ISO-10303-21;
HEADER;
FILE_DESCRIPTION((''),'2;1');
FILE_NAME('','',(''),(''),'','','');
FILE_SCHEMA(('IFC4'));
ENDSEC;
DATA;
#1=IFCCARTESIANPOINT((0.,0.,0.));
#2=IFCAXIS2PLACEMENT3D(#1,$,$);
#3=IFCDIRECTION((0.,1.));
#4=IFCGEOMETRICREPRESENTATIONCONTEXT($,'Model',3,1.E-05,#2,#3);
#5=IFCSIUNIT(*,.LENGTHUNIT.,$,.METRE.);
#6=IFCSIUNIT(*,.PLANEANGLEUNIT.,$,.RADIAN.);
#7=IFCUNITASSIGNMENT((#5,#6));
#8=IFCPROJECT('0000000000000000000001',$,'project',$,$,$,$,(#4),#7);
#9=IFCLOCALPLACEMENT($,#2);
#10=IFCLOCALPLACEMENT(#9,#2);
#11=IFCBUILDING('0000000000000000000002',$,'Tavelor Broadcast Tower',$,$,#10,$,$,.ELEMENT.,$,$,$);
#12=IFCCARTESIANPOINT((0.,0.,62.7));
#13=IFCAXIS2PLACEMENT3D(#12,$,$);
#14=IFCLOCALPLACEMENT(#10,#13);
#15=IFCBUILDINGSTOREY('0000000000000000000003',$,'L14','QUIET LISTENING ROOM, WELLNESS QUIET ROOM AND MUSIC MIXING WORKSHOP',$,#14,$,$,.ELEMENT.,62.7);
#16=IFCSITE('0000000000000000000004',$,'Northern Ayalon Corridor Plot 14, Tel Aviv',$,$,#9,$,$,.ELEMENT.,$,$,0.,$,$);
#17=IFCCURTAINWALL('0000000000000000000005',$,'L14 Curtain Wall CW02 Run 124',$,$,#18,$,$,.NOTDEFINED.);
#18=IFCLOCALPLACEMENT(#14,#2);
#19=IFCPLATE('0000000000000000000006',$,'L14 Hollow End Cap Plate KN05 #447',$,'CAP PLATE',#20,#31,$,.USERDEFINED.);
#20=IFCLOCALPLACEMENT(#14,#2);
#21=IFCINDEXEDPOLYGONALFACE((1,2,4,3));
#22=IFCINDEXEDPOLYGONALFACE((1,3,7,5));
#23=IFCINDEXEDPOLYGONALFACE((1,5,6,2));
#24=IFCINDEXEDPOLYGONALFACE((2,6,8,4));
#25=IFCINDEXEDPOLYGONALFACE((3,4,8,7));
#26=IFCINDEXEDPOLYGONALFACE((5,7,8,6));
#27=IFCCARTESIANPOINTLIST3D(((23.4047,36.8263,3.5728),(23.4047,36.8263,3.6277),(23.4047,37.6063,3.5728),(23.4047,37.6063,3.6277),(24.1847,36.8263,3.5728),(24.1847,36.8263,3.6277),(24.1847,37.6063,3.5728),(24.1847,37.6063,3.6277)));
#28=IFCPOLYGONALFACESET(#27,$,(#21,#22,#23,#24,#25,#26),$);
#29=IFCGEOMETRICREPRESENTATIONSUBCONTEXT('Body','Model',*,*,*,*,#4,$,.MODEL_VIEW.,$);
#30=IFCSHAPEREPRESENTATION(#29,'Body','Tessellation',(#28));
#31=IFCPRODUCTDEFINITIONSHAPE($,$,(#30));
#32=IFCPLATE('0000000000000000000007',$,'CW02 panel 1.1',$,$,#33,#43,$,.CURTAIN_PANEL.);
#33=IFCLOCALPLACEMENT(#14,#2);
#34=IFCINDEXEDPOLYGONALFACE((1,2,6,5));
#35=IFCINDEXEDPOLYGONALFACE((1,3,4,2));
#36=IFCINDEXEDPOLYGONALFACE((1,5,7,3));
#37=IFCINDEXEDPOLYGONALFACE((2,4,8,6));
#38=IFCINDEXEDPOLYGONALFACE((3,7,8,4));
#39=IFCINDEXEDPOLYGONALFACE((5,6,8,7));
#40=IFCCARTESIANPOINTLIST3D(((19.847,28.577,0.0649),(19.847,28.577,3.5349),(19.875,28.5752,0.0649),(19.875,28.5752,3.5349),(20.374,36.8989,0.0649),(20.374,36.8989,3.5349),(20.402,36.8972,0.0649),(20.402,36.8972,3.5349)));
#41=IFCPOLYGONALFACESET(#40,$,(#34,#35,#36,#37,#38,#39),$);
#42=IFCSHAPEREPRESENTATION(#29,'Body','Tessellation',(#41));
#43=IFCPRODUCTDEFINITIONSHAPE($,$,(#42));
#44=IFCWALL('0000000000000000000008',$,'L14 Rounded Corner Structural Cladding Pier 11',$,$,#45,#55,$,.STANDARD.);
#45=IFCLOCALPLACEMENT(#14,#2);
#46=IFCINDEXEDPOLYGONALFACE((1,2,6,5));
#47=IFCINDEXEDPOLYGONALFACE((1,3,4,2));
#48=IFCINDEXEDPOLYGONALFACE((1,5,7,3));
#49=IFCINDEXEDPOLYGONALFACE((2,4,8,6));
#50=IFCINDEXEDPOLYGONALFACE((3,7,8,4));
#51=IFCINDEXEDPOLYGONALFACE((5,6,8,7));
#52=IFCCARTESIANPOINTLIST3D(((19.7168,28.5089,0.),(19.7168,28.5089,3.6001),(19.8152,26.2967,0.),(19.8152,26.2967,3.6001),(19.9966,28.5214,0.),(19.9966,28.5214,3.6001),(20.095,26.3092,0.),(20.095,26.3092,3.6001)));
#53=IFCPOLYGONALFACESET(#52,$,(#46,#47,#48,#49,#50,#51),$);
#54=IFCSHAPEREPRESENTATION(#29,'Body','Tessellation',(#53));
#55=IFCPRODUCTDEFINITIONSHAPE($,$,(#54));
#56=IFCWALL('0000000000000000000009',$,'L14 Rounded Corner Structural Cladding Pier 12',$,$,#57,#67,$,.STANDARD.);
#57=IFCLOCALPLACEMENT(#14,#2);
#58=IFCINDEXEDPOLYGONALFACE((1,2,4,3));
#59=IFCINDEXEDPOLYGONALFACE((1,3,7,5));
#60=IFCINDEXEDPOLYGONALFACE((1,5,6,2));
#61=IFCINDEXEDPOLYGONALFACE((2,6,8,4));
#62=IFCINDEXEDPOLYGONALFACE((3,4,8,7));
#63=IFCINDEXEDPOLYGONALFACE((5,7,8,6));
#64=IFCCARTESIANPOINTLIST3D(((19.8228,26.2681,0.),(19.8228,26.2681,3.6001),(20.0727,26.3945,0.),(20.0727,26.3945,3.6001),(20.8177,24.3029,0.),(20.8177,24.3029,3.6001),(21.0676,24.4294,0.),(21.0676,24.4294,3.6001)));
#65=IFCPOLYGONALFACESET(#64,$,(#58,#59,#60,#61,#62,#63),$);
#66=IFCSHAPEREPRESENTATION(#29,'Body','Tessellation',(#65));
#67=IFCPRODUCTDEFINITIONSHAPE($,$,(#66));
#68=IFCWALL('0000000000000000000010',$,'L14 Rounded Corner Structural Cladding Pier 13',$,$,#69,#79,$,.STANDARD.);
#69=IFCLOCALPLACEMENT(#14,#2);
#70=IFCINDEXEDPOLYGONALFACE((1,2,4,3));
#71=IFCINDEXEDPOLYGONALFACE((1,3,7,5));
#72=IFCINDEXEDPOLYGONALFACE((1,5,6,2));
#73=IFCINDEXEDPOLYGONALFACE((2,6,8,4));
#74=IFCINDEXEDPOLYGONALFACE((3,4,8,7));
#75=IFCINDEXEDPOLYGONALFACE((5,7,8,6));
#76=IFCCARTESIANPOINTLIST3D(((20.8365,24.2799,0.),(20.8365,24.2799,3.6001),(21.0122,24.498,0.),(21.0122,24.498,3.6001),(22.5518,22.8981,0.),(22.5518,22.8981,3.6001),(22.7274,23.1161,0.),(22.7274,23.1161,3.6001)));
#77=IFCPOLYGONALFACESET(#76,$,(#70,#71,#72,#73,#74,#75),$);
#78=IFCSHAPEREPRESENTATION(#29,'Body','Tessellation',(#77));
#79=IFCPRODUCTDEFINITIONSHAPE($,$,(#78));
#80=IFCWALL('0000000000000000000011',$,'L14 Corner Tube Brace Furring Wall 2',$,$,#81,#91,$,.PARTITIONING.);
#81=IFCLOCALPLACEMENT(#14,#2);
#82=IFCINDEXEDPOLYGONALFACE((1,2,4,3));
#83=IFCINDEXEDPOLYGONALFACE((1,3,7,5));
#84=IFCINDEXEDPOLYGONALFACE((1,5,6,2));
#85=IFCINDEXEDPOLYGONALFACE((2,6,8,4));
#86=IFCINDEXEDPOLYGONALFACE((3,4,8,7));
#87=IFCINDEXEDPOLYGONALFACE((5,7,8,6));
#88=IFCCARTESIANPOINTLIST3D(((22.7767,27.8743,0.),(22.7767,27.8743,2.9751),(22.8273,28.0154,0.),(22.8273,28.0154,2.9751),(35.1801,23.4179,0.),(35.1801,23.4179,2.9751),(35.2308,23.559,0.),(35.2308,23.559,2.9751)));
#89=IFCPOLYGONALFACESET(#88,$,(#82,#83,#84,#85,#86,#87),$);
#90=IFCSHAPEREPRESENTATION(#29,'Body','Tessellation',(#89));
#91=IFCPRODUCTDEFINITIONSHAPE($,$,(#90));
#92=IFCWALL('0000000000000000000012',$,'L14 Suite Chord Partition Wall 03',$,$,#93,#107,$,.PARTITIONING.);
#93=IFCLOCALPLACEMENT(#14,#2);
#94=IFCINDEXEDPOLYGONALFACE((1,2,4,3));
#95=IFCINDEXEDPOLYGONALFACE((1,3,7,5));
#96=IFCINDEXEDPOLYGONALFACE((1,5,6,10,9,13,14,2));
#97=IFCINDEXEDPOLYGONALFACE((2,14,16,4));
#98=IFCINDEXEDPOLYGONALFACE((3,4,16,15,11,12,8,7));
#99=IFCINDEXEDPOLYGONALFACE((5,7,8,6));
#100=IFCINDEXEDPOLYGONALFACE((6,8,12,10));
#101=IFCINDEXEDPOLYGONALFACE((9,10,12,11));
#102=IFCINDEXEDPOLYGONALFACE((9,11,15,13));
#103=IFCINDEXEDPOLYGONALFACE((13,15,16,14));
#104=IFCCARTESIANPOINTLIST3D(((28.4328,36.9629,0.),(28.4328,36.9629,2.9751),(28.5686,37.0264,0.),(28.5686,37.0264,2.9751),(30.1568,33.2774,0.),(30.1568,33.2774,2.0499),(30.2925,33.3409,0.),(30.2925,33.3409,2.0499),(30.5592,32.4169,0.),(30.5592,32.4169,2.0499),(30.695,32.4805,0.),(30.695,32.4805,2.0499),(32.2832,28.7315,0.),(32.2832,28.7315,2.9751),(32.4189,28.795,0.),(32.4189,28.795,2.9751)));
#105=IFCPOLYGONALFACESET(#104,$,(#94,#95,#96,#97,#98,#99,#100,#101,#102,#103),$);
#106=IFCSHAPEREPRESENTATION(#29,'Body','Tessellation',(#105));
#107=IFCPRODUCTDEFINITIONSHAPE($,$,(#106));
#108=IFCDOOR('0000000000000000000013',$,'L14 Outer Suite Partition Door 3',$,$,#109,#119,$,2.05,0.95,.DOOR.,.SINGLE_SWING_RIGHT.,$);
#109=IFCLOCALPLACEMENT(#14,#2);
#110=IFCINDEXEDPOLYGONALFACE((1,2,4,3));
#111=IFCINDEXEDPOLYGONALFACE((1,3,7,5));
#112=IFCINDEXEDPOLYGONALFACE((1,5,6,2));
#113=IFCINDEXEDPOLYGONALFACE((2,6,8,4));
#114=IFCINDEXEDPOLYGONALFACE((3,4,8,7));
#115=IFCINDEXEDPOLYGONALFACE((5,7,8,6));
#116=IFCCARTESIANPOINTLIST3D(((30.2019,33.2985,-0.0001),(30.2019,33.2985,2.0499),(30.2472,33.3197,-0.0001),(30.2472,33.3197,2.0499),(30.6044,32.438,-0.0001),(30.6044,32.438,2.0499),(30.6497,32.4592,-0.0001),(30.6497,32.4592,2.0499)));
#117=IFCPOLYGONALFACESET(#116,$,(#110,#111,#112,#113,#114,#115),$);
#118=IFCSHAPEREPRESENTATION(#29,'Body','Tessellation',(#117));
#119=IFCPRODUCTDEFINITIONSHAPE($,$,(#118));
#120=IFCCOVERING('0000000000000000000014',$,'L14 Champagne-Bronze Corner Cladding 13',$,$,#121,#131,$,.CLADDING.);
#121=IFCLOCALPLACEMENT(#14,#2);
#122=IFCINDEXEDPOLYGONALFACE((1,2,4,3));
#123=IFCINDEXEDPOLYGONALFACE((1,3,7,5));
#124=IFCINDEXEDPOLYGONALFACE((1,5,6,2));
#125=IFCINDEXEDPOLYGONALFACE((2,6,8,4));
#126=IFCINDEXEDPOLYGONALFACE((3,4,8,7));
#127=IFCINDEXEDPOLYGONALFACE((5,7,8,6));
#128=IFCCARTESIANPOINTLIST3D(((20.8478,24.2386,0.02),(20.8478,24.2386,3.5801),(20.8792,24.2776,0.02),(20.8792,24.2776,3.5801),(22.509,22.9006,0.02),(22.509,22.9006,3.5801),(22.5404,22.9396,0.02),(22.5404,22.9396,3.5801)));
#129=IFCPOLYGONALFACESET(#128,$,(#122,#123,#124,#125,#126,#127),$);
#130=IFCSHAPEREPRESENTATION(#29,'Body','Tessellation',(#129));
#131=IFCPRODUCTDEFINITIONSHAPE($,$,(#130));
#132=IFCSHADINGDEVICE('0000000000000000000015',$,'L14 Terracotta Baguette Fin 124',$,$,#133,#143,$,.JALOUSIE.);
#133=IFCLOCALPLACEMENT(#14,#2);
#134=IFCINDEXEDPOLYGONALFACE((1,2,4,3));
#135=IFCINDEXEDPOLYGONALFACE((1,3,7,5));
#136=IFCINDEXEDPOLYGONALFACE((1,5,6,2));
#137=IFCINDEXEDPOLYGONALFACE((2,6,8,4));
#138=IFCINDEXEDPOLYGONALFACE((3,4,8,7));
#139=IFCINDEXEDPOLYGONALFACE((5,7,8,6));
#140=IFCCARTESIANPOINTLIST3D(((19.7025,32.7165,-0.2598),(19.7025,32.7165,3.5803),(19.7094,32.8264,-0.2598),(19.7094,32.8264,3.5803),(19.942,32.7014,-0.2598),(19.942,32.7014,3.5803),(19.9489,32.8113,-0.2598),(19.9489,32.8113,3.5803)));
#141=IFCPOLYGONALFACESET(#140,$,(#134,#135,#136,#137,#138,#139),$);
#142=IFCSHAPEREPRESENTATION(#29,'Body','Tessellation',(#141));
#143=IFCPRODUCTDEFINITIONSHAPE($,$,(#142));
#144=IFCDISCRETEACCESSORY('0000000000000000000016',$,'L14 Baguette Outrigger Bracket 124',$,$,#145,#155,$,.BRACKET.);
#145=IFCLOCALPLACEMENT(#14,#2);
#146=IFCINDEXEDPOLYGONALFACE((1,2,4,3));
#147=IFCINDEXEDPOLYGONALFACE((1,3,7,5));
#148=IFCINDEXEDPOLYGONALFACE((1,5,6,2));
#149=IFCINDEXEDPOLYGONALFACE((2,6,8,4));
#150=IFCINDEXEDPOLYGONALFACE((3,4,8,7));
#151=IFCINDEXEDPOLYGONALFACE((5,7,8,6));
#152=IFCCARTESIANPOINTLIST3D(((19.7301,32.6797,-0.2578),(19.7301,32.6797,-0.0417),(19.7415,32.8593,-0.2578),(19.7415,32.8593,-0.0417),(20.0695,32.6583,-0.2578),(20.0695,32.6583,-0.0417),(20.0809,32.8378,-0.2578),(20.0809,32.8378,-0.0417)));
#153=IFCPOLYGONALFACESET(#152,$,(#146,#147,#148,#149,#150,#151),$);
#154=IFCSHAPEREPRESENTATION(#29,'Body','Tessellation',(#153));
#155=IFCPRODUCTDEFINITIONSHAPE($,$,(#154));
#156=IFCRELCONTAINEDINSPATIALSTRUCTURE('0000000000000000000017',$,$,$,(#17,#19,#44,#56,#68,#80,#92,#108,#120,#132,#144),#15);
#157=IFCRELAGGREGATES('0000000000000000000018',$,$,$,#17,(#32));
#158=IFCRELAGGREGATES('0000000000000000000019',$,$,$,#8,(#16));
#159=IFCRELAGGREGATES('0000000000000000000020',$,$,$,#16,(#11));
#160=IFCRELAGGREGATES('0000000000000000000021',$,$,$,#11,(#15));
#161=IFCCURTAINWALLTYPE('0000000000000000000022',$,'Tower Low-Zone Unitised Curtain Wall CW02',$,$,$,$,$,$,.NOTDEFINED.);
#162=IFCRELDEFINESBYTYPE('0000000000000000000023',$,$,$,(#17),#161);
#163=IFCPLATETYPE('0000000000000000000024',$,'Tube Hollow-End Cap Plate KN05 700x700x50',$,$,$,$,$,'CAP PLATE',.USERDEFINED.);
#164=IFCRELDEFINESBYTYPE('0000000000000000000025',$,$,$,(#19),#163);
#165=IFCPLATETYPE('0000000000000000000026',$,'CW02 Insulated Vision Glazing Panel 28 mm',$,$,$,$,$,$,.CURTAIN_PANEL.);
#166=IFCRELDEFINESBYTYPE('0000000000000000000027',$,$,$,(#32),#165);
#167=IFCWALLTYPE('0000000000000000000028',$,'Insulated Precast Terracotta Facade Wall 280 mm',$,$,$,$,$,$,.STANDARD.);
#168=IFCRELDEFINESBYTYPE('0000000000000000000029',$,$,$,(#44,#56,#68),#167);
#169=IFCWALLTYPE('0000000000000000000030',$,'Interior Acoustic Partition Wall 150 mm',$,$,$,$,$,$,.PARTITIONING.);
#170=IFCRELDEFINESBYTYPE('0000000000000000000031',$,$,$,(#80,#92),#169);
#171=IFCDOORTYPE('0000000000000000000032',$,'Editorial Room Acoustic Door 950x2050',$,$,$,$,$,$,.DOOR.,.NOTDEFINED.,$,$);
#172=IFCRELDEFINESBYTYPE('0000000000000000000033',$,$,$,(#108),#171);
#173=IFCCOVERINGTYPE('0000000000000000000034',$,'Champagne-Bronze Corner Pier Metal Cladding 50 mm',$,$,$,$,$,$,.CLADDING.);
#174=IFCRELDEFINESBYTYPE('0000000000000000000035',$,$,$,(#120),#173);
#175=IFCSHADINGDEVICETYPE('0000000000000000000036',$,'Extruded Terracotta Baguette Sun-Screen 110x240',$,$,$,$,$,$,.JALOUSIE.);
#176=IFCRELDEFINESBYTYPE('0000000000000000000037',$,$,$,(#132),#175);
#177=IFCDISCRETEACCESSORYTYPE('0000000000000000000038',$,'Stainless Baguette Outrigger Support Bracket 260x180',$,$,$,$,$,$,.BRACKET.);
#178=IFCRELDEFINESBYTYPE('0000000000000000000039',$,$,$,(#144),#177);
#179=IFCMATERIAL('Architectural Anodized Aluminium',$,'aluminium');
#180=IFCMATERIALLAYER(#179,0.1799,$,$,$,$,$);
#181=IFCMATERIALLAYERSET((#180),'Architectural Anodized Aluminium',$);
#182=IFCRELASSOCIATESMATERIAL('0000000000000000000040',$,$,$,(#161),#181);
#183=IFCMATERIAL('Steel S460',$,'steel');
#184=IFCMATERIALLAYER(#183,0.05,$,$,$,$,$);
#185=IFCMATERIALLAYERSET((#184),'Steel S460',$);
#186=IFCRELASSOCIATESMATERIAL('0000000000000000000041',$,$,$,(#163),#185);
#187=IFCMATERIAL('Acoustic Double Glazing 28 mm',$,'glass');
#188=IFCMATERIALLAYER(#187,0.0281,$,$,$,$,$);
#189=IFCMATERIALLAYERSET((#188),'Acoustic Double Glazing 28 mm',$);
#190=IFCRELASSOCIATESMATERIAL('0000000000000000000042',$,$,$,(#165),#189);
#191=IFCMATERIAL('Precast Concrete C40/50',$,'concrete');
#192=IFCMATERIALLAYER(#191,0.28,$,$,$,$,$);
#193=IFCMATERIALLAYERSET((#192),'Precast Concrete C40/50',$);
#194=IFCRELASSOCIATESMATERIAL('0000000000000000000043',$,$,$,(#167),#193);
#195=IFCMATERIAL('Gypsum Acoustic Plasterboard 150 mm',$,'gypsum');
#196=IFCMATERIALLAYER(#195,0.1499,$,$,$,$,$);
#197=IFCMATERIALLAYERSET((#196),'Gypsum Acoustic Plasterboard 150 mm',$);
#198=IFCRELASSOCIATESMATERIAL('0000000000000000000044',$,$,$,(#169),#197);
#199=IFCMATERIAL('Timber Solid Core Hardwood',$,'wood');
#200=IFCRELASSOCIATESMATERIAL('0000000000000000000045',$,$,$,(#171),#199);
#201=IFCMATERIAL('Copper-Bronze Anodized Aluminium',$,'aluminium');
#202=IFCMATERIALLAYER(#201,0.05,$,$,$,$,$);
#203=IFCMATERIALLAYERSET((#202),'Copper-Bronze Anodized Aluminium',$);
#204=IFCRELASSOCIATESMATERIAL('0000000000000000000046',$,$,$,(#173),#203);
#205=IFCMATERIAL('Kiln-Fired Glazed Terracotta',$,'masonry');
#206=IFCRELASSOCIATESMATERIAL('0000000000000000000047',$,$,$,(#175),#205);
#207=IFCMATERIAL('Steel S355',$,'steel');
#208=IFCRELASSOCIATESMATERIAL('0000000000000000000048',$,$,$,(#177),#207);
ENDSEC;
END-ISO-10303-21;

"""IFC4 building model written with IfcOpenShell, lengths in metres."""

from ifc_helpers import new_model, si_unit, direction, frame, frame_2d, origin, origin_2d, place, context, subcontext, project, spatial, rectangle, extrude, source, transform, mapped, material, layer, layer_set, type_object, type_shapes, element, fill, aggregate, save


model = new_model("IFC4")

# Units and contexts
model_context = context("Model", 3, precision=1e-05, world=origin(), true_north=direction((0.0, 1.0)))
body_context = subcontext(model_context, "Body", "Model", "MODEL_VIEW")
ifc_project = project(units=[si_unit("LENGTHUNIT", "METRE"), si_unit("PLANEANGLEUNIT", "RADIAN")], contexts=[model_context])

# Site, building, storey
site_placement = place(None, origin())
site = spatial("IfcSite", under=ifc_project, at=site_placement, Name="Northern Ayalon Corridor Plot 14, Tel Aviv", CompositionType="ELEMENT", RefElevation=0.0)
building_placement = place(site_placement, origin())
building = spatial("IfcBuilding", under=site, at=building_placement, Name="Tavelor Broadcast Tower", CompositionType="ELEMENT")
storey_placement = place(building_placement, frame((0.0, 0.0, 62.7)))
storey = spatial("IfcBuildingStorey", under=building, at=storey_placement, Name="L14", Description="QUIET LISTENING ROOM, WELLNESS QUIET ROOM AND MUSIC MIXING WORKSHOP", CompositionType="ELEMENT", Elevation=62.7)

# Shared definitions
ifc_material_1 = material(Name="Steel S460", Category="steel")

# Shared definitions
ifc_material_2 = material(Name="Steel S355", Category="steel")

# Shared definitions
ifc_material_3 = material(Name="Architectural Anodized Aluminium", Category="aluminium")
ifc_layer_1 = layer(ifc_material_3, 0.1799)
ifc_layer_set_1 = layer_set([ifc_layer_1], Name="Architectural Anodized Aluminium")
curtain_wall_type = type_object("IfcCurtainWallType", Name="Tower Low-Zone Unitised Curtain Wall CW02", PredefinedType="NOTDEFINED", material=ifc_layer_set_1)

# Curtain wall
curtain_wall_1_placement = place(storey_placement, origin())
curtain_wall_1 = element("IfcCurtainWall", 1, at=curtain_wall_1_placement, inside=storey, type_object=curtain_wall_type, Name="L14 Curtain Wall CW02 Run 124", PredefinedType="NOTDEFINED")

# Plate
ifc_layer_2 = layer(ifc_material_1, 0.05)
ifc_layer_set_2 = layer_set([ifc_layer_2], Name="Steel S460")
plate_type_1 = type_object("IfcPlateType", Name="Tube Hollow-End Cap Plate KN05 700x700x50", ElementType="CAP PLATE", PredefinedType="USERDEFINED", material=ifc_layer_set_2)
shared_shape_1 = source(origin(), body_context, "Body", "SweptSolid", [
    extrude(rectangle(XDim=0.78, YDim=0.78, at=origin_2d()), origin(), (0.0, 0.0, 1.0), 0.0549),
])
for number, where, z_axis, x_axis, name in (
    (2, (23.7947, 37.2163, 3.5728), (0.0, 0.0, 1.0), (1.0, 0.0, 0.0), "L14 Hollow End Cap Plate KN05 #447"),
):
    element("IfcPlate", number, at=place(storey_placement, frame(where, z_axis=z_axis, x_axis=x_axis)), inside=storey, type_object=plate_type_1, Name=name, ObjectType="CAP PLATE", PredefinedType="USERDEFINED", context=body_context, shape_type="MappedRepresentation", body=[
        mapped(shared_shape_1, transform((0.0, 0.0, 0.0), scale=1.0)),
    ])

# Plate
ifc_material_4 = material(Name="Acoustic Double Glazing 28 mm", Category="glass")
ifc_layer_3 = layer(ifc_material_4, 0.0281)
ifc_layer_set_3 = layer_set([ifc_layer_3], Name="Acoustic Double Glazing 28 mm")
plate_type_2 = type_object("IfcPlateType", Name="CW02 Insulated Vision Glazing Panel 28 mm", PredefinedType="CURTAIN_PANEL", material=ifc_layer_set_3)
shared_shape_2 = source(origin(), body_context, "Body", "SweptSolid", [
    extrude(rectangle(XDim=8.3386, YDim=0.0281, at=origin_2d()), origin(), (0.0, 0.0, 1.0), 3.47),
])
type_shapes(plate_type_2, [shared_shape_2])
plate_placement = place(storey_placement, frame((20.1245, 32.7371, 0.0649), z_axis=(0.0, 0.0, 1.0), x_axis=(-0.063199, -0.998001, 0.0)))
plate = element("IfcPlate", 3, at=plate_placement, type_object=plate_type_2, Name="CW02 panel 1.1", PredefinedType="CURTAIN_PANEL", context=body_context, shape_type="MappedRepresentation", body=[
    mapped(shared_shape_2, transform((0.0, 0.0, 0.0), scale=1.0)),
])
aggregate(curtain_wall_1, [plate])

# Walls
ifc_material_5 = material(Name="Precast Concrete C40/50", Category="concrete")
ifc_layer_4 = layer(ifc_material_5, 0.28)
ifc_layer_set_4 = layer_set([ifc_layer_4], Name="Precast Concrete C40/50")
wall_type_1 = type_object("IfcWallType", Name="Insulated Precast Terracotta Facade Wall 280 mm", PredefinedType="STANDARD", material=ifc_layer_set_4)
wall_1_placement = place(storey_placement, frame((19.8567, 28.5151, 0.0), z_axis=(0.0, 0.0, 1.0), x_axis=(0.044432, -0.999012, 0.0)))
element("IfcWall", 4, at=wall_1_placement, inside=storey, type_object=wall_type_1, Name="L14 Rounded Corner Structural Cladding Pier 11", PredefinedType="STANDARD", context=body_context, shape_type="SweptSolid", body=[
    extrude(rectangle(XDim=2.2144, YDim=0.28, at=frame_2d((1.1072, 0.0))), origin(), (0.0, 0.0, 1.0), 3.6001),
])
for number, where, z_axis, x_axis, name in (
    (5, (19.9478, 26.3313, 0.0), (0.0, 0.0, 1.0), (0.451686, -0.892177, 0.0), "L14 Rounded Corner Structural Cladding Pier 12"),
    (6, (20.9243, 24.3889, 0.0), (0.0, 0.0, 1.0), (0.778745, -0.627341, 0.0), "L14 Rounded Corner Structural Cladding Pier 13"),
):
    element("IfcWall", number, at=place(storey_placement, frame(where, z_axis=z_axis, x_axis=x_axis)), inside=storey, type_object=wall_type_1, Name=name, PredefinedType="STANDARD", context=body_context, shape_type="SweptSolid", body=[
        extrude(rectangle(XDim=2.2026, YDim=0.28, at=frame_2d((1.1013, 0.0))), origin(), (0.0, 0.0, 1.0), 3.6001),
    ])
ifc_material_6 = material(Name="Gypsum Acoustic Plasterboard 150 mm", Category="gypsum")
ifc_layer_5 = layer(ifc_material_6, 0.1499)
ifc_layer_set_5 = layer_set([ifc_layer_5], Name="Gypsum Acoustic Plasterboard 150 mm")
wall_type_2 = type_object("IfcWallType", Name="Interior Acoustic Partition Wall 150 mm", PredefinedType="PARTITIONING", material=ifc_layer_set_5)
wall_2_placement = place(storey_placement, frame((22.802, 27.9448, 0.0), z_axis=(0.0, 0.0, 1.0), x_axis=(0.941102, -0.338122, 0.0)))
element("IfcWall", 7, at=wall_2_placement, inside=storey, type_object=wall_type_2, Name="L14 Corner Tube Brace Furring Wall 2", PredefinedType="PARTITIONING", context=body_context, shape_type="SweptSolid", body=[
    extrude(rectangle(XDim=13.1797, YDim=0.1499, at=frame_2d((6.5898, 0.0))), origin(), (0.0, 0.0, 1.0), 2.9751),
])

# Wall, opening, door
wall_3_placement = place(storey_placement, frame((28.5007, 36.9946, 0.0), z_axis=(0.0, 0.0, 1.0), x_axis=(0.423699, -0.905803, 0.0)))
wall_3 = element("IfcWall", 8, at=wall_3_placement, inside=storey, type_object=wall_type_2, Name="L14 Suite Chord Partition Wall 03", PredefinedType="PARTITIONING", context=body_context, shape_type="SweptSolid", body=[
    extrude(rectangle(XDim=9.0874, YDim=0.1499, at=frame_2d((4.5437, 0.0))), origin(), (0.0, 0.0, 1.0), 2.9751),
])
opening_placement = place(wall_3_placement, frame((4.0686, 0.0, 0.0)))
opening = element("IfcOpeningElement", 9, at=opening_placement, cuts=wall_3, PredefinedType="OPENING", context=body_context, shape_type="SweptSolid", body=[
    extrude(rectangle(XDim=0.95, YDim=2.05, at=frame_2d((0.4751, 1.0249))), frame((0.0, 0.085, 0.0), z_axis=(0.0, -1.0, 0.0), x_axis=(1.0, 0.0, 0.0)), (0.0, 0.0, 1.0), 0.1699),
])
ifc_material_7 = material(Name="Timber Solid Core Hardwood", Category="wood")
door_type = type_object("IfcDoorType", Name="Editorial Room Acoustic Door 950x2050", OperationType="NOTDEFINED", PredefinedType="DOOR", material=ifc_material_7)
door_placement = place(opening_placement, origin())
door = element("IfcDoor", 10, at=door_placement, inside=storey, type_object=door_type, Name="L14 Outer Suite Partition Door 3", OperationType="SINGLE_SWING_RIGHT", OverallHeight=2.05, OverallWidth=0.95, PredefinedType="DOOR", context=body_context, shape_type="SweptSolid", body=[
    extrude(rectangle(XDim=0.95, YDim=2.05, at=frame_2d((0.4751, 1.0249))), frame((0.0, 0.0249, 0.0), z_axis=(0.0, -1.0, 0.0), x_axis=(1.0, 0.0, 0.0)), (0.0, 0.0, 1.0), 0.05),
])
fill(opening, door)

# Covering
ifc_material_8 = material(Name="Copper-Bronze Anodized Aluminium", Category="aluminium")
ifc_layer_6 = layer(ifc_material_8, 0.05)
ifc_layer_set_6 = layer_set([ifc_layer_6], Name="Copper-Bronze Anodized Aluminium")
covering_type = type_object("IfcCoveringType", Name="Champagne-Bronze Corner Pier Metal Cladding 50 mm", PredefinedType="CLADDING", material=ifc_layer_set_6)
covering_placement = place(storey_placement, frame((21.6941, 23.5891, 0.02), z_axis=(0.0, 0.0, 1.0), x_axis=(0.778791, -0.627284, 0.0)))
element("IfcCovering", 11, at=covering_placement, inside=storey, type_object=covering_type, Name="L14 Champagne-Bronze Corner Cladding 13", PredefinedType="CLADDING", context=body_context, shape_type="SweptSolid", body=[
    extrude(rectangle(XDim=2.1331, YDim=0.05, at=origin_2d()), origin(), (0.0, 0.0, 1.0), 3.5601),
])

# Shading device
ifc_material_9 = material(Name="Kiln-Fired Glazed Terracotta", Category="masonry")
shading_device_type = type_object("IfcShadingDeviceType", Name="Extruded Terracotta Baguette Sun-Screen 110x240", PredefinedType="JALOUSIE", material=ifc_material_9)
shared_shape_3 = source(origin(), body_context, "Body", "SweptSolid", [
    extrude(rectangle(XDim=0.1101, YDim=0.24, at=origin_2d()), origin(), (0.0, 0.0, 1.0), 3.8401),
])
type_shapes(shading_device_type, [shared_shape_3])
shading_device_placement = place(storey_placement, frame((19.8257, 32.7639, -0.2598), z_axis=(0.0, 0.0, 1.0), x_axis=(-0.063139, -0.998005, 0.0)))
element("IfcShadingDevice", 12, at=shading_device_placement, inside=storey, type_object=shading_device_type, Name="L14 Terracotta Baguette Fin 124", PredefinedType="JALOUSIE", context=body_context, shape_type="MappedRepresentation", body=[
    mapped(shared_shape_3, transform((0.0, 0.0, 0.0), scale=1.0)),
])

# Discrete accessory
discrete_accessory_type = type_object("IfcDiscreteAccessoryType", Name="Stainless Baguette Outrigger Support Bracket 260x180", PredefinedType="BRACKET", material=ifc_material_2)
shared_shape_4 = source(origin(), body_context, "Body", "SweptSolid", [
    extrude(rectangle(XDim=0.1799, YDim=0.3401, at=origin_2d()), origin(), (0.0, 0.0, 1.0), 0.2161),
])
type_shapes(discrete_accessory_type, [shared_shape_4])
discrete_accessory_placement = place(storey_placement, frame((19.9055, 32.7588, -0.2578), z_axis=(0.0, 0.0, 1.0), x_axis=(-0.063139, -0.998005, 0.0)))
element("IfcDiscreteAccessory", 13, at=discrete_accessory_placement, inside=storey, type_object=discrete_accessory_type, Name="L14 Baguette Outrigger Bracket 124", PredefinedType="BRACKET", context=body_context, shape_type="MappedRepresentation", body=[
    mapped(shared_shape_4, transform((0.0, 0.0, 0.0), scale=1.0)),
])

save(model, "model.ifc")
